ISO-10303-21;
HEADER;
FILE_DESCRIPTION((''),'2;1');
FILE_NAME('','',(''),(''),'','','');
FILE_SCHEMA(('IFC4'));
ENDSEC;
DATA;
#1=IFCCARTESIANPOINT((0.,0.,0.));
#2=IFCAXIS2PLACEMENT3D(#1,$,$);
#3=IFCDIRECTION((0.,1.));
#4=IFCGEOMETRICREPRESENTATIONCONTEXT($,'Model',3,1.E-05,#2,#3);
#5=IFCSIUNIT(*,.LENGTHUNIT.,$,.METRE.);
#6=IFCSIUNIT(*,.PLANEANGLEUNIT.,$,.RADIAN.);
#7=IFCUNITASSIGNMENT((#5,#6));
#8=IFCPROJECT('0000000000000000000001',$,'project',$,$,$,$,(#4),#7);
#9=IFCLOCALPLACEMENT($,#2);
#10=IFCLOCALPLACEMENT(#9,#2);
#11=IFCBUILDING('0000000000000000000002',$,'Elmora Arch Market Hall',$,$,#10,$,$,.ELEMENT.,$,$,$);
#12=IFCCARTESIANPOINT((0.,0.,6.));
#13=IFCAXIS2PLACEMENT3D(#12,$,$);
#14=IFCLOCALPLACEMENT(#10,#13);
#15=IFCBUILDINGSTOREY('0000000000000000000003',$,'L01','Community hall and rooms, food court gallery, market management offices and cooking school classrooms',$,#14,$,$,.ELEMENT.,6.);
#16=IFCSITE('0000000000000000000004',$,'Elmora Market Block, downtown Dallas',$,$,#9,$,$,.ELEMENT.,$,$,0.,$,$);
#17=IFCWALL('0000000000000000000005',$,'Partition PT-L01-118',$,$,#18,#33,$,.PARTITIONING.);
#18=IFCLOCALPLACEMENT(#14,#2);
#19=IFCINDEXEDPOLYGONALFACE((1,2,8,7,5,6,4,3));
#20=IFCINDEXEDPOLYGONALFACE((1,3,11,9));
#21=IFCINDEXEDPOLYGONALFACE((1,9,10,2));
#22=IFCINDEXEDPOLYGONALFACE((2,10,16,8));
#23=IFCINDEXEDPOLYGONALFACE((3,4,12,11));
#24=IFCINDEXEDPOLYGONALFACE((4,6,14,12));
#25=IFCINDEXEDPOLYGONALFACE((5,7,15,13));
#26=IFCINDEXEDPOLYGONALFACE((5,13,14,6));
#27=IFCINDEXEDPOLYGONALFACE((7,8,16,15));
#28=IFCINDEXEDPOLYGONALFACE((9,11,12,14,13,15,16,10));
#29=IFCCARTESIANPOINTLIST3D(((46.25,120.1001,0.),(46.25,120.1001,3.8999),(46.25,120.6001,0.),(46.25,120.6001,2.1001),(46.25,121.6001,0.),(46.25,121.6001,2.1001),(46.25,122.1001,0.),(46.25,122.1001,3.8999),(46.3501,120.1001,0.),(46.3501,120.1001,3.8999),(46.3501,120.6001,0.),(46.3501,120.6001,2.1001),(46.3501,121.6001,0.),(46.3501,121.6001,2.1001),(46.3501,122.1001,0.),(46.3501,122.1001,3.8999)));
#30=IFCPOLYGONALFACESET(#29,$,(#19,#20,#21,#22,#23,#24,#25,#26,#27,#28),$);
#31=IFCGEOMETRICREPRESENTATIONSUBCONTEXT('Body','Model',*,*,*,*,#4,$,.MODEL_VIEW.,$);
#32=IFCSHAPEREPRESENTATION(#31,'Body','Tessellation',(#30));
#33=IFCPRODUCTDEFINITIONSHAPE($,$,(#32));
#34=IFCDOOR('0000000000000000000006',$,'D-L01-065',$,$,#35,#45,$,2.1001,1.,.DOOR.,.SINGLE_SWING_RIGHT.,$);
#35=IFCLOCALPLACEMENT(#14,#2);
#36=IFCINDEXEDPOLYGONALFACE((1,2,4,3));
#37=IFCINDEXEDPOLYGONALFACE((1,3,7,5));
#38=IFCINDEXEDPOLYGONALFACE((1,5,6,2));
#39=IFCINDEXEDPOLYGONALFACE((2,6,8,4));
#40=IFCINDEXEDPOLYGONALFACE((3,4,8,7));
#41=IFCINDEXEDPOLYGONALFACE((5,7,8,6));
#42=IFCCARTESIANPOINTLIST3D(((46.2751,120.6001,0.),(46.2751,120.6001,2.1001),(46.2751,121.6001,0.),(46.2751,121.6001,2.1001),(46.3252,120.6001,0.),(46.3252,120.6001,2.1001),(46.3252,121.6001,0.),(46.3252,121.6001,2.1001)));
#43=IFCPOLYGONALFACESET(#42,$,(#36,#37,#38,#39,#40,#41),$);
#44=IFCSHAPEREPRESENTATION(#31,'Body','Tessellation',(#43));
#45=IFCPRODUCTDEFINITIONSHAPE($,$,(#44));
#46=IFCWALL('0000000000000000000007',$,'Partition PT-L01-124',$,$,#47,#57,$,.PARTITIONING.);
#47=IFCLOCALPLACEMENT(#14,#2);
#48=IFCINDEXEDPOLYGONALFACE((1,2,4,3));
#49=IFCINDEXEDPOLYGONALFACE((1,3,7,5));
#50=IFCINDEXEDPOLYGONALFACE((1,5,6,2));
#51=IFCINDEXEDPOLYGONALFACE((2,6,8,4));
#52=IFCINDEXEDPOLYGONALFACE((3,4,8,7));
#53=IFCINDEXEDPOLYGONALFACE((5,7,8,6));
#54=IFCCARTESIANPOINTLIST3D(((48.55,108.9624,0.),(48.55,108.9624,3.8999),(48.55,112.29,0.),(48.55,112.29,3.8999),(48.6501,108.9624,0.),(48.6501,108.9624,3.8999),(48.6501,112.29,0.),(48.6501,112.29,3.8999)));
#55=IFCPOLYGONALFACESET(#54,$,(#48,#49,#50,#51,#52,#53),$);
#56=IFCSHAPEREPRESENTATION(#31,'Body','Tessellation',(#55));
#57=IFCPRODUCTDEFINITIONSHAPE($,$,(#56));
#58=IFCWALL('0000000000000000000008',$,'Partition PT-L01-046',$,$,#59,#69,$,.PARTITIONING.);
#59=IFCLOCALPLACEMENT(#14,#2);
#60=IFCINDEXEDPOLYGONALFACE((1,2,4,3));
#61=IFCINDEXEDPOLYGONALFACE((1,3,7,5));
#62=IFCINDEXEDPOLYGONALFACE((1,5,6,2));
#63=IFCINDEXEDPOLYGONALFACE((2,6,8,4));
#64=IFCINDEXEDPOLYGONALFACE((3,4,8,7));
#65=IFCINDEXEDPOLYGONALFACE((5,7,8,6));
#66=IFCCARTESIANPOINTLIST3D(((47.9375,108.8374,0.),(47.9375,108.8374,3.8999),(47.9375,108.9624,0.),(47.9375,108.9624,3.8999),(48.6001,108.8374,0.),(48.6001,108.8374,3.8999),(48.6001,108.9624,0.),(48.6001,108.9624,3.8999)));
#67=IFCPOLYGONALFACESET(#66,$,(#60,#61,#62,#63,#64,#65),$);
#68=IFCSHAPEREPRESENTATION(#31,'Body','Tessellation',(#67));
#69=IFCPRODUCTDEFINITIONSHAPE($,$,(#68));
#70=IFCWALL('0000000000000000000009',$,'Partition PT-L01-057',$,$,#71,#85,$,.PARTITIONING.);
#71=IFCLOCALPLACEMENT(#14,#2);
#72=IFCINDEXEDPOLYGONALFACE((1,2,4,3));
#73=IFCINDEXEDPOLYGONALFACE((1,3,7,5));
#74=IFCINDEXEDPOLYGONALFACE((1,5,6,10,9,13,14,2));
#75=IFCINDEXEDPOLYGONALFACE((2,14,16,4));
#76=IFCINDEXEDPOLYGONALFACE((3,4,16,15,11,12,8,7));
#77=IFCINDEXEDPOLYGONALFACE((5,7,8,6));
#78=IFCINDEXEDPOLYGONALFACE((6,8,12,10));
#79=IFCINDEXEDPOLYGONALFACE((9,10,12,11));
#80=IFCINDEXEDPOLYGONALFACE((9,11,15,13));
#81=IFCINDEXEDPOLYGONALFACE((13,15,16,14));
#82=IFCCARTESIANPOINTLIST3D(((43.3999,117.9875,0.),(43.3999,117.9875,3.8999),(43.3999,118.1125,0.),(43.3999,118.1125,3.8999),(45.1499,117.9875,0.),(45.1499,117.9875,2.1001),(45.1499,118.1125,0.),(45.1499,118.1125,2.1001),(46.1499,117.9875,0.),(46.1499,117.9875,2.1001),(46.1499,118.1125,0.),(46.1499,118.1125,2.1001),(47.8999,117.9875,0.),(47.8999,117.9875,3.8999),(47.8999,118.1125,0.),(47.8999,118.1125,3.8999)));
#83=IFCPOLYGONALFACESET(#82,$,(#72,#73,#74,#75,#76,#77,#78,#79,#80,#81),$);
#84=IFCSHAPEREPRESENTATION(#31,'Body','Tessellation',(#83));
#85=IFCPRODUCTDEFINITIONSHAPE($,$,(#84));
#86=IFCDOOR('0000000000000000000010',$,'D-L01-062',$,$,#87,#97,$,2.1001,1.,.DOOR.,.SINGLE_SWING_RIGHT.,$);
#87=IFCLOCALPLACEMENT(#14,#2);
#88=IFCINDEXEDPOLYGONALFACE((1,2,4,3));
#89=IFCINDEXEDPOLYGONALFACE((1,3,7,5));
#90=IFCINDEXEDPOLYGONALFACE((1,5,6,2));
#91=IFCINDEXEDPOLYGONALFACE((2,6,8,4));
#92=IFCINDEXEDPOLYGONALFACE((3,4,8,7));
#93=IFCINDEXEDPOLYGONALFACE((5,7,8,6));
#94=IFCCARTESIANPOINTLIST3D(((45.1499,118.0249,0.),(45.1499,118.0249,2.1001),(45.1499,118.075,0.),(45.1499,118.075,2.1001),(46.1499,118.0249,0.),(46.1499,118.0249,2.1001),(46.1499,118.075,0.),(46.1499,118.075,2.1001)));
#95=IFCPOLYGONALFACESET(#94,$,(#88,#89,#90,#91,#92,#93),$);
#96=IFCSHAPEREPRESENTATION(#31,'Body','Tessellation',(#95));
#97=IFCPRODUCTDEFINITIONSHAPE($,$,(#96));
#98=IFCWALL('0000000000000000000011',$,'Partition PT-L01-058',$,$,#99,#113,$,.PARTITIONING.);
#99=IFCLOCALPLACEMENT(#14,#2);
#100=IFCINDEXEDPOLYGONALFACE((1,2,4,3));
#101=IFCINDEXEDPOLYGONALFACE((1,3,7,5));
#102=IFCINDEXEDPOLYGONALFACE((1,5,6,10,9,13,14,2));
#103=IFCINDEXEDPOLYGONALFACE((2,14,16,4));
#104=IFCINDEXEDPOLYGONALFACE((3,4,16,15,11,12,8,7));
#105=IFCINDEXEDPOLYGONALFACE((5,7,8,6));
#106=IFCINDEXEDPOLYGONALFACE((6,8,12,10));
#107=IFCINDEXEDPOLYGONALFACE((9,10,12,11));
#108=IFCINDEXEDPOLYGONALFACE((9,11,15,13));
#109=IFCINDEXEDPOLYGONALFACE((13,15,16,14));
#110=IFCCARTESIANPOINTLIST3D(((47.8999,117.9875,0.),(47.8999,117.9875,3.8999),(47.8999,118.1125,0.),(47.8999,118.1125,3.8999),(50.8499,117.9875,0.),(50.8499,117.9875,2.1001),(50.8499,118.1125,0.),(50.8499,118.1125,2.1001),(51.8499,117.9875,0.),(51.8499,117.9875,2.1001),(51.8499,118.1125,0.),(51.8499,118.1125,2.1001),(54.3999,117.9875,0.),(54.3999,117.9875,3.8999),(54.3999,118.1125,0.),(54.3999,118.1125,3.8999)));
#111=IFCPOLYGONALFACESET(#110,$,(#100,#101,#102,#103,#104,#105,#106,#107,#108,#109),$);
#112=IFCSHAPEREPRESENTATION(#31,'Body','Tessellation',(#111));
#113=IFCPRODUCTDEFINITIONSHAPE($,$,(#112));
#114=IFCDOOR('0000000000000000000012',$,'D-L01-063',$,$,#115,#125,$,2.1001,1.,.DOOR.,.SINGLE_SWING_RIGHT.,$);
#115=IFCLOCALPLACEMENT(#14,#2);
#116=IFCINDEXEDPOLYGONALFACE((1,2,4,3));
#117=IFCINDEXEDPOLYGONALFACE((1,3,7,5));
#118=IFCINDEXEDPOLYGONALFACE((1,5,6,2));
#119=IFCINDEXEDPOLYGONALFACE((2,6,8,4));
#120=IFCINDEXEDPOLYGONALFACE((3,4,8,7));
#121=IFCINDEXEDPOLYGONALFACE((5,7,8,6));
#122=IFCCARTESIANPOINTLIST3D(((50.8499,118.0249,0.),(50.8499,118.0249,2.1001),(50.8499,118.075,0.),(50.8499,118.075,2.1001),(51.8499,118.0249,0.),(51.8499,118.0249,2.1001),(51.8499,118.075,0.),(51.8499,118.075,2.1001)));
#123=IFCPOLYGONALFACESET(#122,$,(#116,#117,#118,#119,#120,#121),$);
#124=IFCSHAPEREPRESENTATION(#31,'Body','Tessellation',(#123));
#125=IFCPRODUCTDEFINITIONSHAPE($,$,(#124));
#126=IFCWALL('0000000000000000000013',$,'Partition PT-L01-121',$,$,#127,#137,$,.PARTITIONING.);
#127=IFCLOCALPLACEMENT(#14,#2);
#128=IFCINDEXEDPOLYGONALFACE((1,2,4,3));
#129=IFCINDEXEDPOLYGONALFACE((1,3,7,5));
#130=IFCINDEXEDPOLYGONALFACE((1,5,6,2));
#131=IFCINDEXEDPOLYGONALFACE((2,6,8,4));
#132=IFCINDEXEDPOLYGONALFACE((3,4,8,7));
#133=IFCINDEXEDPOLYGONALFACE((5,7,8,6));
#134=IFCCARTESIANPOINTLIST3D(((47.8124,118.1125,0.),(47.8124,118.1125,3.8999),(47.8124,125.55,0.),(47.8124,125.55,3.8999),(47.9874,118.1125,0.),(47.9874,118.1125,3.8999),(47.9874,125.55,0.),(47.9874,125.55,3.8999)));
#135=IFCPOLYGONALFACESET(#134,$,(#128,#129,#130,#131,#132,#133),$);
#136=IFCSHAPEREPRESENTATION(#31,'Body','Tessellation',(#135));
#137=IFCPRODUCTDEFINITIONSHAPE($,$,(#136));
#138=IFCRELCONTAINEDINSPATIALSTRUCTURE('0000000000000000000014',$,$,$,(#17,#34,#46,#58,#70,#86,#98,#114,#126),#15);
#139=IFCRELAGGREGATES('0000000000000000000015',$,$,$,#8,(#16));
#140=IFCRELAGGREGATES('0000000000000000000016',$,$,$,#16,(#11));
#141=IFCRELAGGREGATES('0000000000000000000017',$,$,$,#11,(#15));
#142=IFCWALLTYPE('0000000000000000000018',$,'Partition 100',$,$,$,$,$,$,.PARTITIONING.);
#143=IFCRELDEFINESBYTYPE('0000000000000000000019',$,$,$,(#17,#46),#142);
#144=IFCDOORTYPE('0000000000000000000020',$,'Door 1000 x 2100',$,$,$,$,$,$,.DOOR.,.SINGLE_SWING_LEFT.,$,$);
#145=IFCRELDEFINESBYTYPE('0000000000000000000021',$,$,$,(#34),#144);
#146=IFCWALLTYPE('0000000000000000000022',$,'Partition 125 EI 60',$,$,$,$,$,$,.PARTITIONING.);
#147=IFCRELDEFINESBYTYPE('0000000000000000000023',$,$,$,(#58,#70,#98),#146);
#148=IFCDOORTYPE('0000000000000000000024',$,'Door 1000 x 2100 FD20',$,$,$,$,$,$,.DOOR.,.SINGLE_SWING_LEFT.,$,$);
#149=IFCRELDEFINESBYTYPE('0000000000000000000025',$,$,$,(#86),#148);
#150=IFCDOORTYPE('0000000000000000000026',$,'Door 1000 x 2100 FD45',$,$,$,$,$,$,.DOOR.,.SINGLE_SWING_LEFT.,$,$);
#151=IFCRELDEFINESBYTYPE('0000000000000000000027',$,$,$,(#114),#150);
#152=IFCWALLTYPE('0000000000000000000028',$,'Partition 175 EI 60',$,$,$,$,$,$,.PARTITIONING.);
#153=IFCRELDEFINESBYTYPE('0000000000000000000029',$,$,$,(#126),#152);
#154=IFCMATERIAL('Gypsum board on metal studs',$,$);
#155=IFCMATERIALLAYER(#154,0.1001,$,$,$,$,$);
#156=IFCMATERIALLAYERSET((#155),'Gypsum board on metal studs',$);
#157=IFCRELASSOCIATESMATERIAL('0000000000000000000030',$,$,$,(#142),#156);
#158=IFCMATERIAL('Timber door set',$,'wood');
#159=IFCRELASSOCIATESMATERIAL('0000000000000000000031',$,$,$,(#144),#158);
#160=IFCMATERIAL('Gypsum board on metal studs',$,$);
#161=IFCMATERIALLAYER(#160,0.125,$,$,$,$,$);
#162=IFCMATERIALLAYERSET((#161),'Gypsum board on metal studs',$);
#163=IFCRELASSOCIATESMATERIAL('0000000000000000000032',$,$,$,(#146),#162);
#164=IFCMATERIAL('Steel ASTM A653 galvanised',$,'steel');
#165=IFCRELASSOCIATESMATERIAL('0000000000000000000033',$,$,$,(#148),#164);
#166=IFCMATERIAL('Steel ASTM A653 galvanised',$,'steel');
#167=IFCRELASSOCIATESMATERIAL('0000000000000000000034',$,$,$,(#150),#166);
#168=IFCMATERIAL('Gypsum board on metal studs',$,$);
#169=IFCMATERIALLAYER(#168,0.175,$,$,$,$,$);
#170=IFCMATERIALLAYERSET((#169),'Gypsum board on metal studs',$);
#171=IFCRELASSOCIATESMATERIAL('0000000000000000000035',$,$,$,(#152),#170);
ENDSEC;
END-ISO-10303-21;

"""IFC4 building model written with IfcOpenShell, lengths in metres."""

from ifc_helpers import new_model, si_unit, direction, frame, frame_2d, origin, place, context, subcontext, project, spatial, rectangle, extrude, material, layer, layer_set, type_object, element, fill, save


model = new_model("IFC4")

# Units and contexts
model_context = context("Model", 3, precision=1e-05, world=origin(), true_north=direction((0.0, 1.0)))
body_context = subcontext(model_context, "Body", "Model", "MODEL_VIEW")
ifc_project = project(units=[si_unit("LENGTHUNIT", "METRE"), si_unit("PLANEANGLEUNIT", "RADIAN")], contexts=[model_context])

# Site, building, storey
site_placement = place(None, origin())
site = spatial("IfcSite", under=ifc_project, at=site_placement, Name="Elmora Market Block, downtown Dallas", CompositionType="ELEMENT", RefElevation=0.0)
building_placement = place(site_placement, origin())
building = spatial("IfcBuilding", under=site, at=building_placement, Name="Elmora Arch Market Hall", CompositionType="ELEMENT")
storey_placement = place(building_placement, frame((0.0, 0.0, 6.0)))
storey = spatial("IfcBuildingStorey", under=building, at=storey_placement, Name="L01", Description="Community hall and rooms, food court gallery, market management offices and cooking school classrooms", CompositionType="ELEMENT", Elevation=6.0)

# Shared definitions
ifc_material_1 = material(Name="Gypsum board on metal studs")
ifc_layer_1 = layer(ifc_material_1, 0.1001)
ifc_layer_set_1 = layer_set([ifc_layer_1], Name="Gypsum board on metal studs")
wall_type_1 = type_object("IfcWallType", Name="Partition 100", PredefinedType="PARTITIONING", material=ifc_layer_set_1)

# Wall, opening, door
wall_1_placement = place(storey_placement, frame((46.3, 120.1001, 0.0), z_axis=(0.0, 0.0, 1.0), x_axis=(0.0, 1.0, 0.0)))
wall_1 = element("IfcWall", 1, at=wall_1_placement, inside=storey, type_object=wall_type_1, Name="Partition PT-L01-118", PredefinedType="PARTITIONING", context=body_context, shape_type="SweptSolid", body=[
    extrude(rectangle(XDim=2.0, YDim=0.1001, at=frame_2d((1.0, 0.0))), origin(), (0.0, 0.0, 1.0), 3.8999),
])
opening_1_placement = place(wall_1_placement, frame((0.5, 0.0, 0.0)))
opening_1 = element("IfcOpeningElement", 2, at=opening_1_placement, cuts=wall_1, PredefinedType="OPENING", context=body_context, shape_type="SweptSolid", body=[
    extrude(rectangle(XDim=1.0, YDim=2.1001, at=frame_2d((0.5, 1.05))), frame((0.0, 0.0601, 0.0), z_axis=(0.0, -1.0, 0.0), x_axis=(1.0, 0.0, 0.0)), (0.0, 0.0, 1.0), 0.1201),
])
ifc_material_2 = material(Name="Timber door set", Category="wood")
door_type_1 = type_object("IfcDoorType", Name="Door 1000 x 2100", OperationType="SINGLE_SWING_LEFT", PredefinedType="DOOR", material=ifc_material_2)
door_1_placement = place(opening_1_placement, origin())
door_1 = element("IfcDoor", 3, at=door_1_placement, inside=storey, type_object=door_type_1, Name="D-L01-065", OperationType="SINGLE_SWING_RIGHT", OverallHeight=2.1001, OverallWidth=1.0, PredefinedType="DOOR", context=body_context, shape_type="SweptSolid", body=[
    extrude(rectangle(XDim=1.0, YDim=2.1001, at=frame_2d((0.5, 1.05))), frame((0.0, 0.0249, 0.0), z_axis=(0.0, -1.0, 0.0), x_axis=(1.0, 0.0, 0.0)), (0.0, 0.0, 1.0), 0.05),
])
fill(opening_1, door_1)

# Walls
wall_2_placement = place(storey_placement, frame((48.6001, 108.9624, 0.0), z_axis=(0.0, 0.0, 1.0), x_axis=(0.0, 1.0, 0.0)))
element("IfcWall", 4, at=wall_2_placement, inside=storey, type_object=wall_type_1, Name="Partition PT-L01-124", PredefinedType="PARTITIONING", context=body_context, shape_type="SweptSolid", body=[
    extrude(rectangle(XDim=3.3276, YDim=0.1001, at=frame_2d((1.6638, 0.0))), origin(), (0.0, 0.0, 1.0), 3.8999),
])
ifc_material_3 = material(Name="Gypsum board on metal studs")
ifc_layer_2 = layer(ifc_material_3, 0.125)
ifc_layer_set_2 = layer_set([ifc_layer_2], Name="Gypsum board on metal studs")
wall_type_2 = type_object("IfcWallType", Name="Partition 125 EI 60", PredefinedType="PARTITIONING", material=ifc_layer_set_2)
wall_3_placement = place(storey_placement, frame((47.9375, 108.8999, 0.0), z_axis=(0.0, 0.0, 1.0), x_axis=(1.0, 0.0, 0.0)))
element("IfcWall", 5, at=wall_3_placement, inside=storey, type_object=wall_type_2, Name="Partition PT-L01-046", PredefinedType="PARTITIONING", context=body_context, shape_type="SweptSolid", body=[
    extrude(rectangle(XDim=0.6626, YDim=0.125, at=frame_2d((0.3313, 0.0))), origin(), (0.0, 0.0, 1.0), 3.8999),
])

# Walls, openings, doors
wall_4_placement = place(storey_placement, frame((43.3999, 118.05, 0.0), z_axis=(0.0, 0.0, 1.0), x_axis=(1.0, 0.0, 0.0)))
wall_4 = element("IfcWall", 6, at=wall_4_placement, inside=storey, type_object=wall_type_2, Name="Partition PT-L01-057", PredefinedType="PARTITIONING", context=body_context, shape_type="SweptSolid", body=[
    extrude(rectangle(XDim=4.5, YDim=0.125, at=frame_2d((2.25, 0.0))), origin(), (0.0, 0.0, 1.0), 3.8999),
])
opening_2_placement = place(wall_4_placement, frame((1.75, 0.0, 0.0)))
opening_2 = element("IfcOpeningElement", 7, at=opening_2_placement, cuts=wall_4, PredefinedType="OPENING", context=body_context, shape_type="SweptSolid", body=[
    extrude(rectangle(XDim=1.0, YDim=2.1001, at=frame_2d((0.5, 1.05))), frame((0.0, 0.0725, 0.0), z_axis=(0.0, -1.0, 0.0), x_axis=(1.0, 0.0, 0.0)), (0.0, 0.0, 1.0), 0.145),
])
ifc_material_4 = material(Name="Steel ASTM A653 galvanised", Category="steel")
door_type_2 = type_object("IfcDoorType", Name="Door 1000 x 2100 FD20", OperationType="SINGLE_SWING_LEFT", PredefinedType="DOOR", material=ifc_material_4)
door_2_placement = place(opening_2_placement, origin())
door_2 = element("IfcDoor", 8, at=door_2_placement, inside=storey, type_object=door_type_2, Name="D-L01-062", OperationType="SINGLE_SWING_RIGHT", OverallHeight=2.1001, OverallWidth=1.0, PredefinedType="DOOR", context=body_context, shape_type="SweptSolid", body=[
    extrude(rectangle(XDim=1.0, YDim=2.1001, at=frame_2d((0.5, 1.05))), frame((0.0, 0.0249, 0.0), z_axis=(0.0, -1.0, 0.0), x_axis=(1.0, 0.0, 0.0)), (0.0, 0.0, 1.0), 0.05),
])
fill(opening_2, door_2)
wall_5_placement = place(storey_placement, frame((47.8999, 118.05, 0.0), z_axis=(0.0, 0.0, 1.0), x_axis=(1.0, 0.0, 0.0)))
wall_5 = element("IfcWall", 9, at=wall_5_placement, inside=storey, type_object=wall_type_2, Name="Partition PT-L01-058", PredefinedType="PARTITIONING", context=body_context, shape_type="SweptSolid", body=[
    extrude(rectangle(XDim=6.5, YDim=0.125, at=frame_2d((3.25, 0.0))), origin(), (0.0, 0.0, 1.0), 3.8999),
])
opening_3_placement = place(wall_5_placement, frame((2.95, 0.0, 0.0)))
opening_3 = element("IfcOpeningElement", 10, at=opening_3_placement, cuts=wall_5, PredefinedType="OPENING", context=body_context, shape_type="SweptSolid", body=[
    extrude(rectangle(XDim=1.0, YDim=2.1001, at=frame_2d((0.5, 1.05))), frame((0.0, 0.0725, 0.0), z_axis=(0.0, -1.0, 0.0), x_axis=(1.0, 0.0, 0.0)), (0.0, 0.0, 1.0), 0.145),
])
ifc_material_5 = material(Name="Steel ASTM A653 galvanised", Category="steel")
door_type_3 = type_object("IfcDoorType", Name="Door 1000 x 2100 FD45", OperationType="SINGLE_SWING_LEFT", PredefinedType="DOOR", material=ifc_material_5)
door_3_placement = place(opening_3_placement, origin())
door_3 = element("IfcDoor", 11, at=door_3_placement, inside=storey, type_object=door_type_3, Name="D-L01-063", OperationType="SINGLE_SWING_RIGHT", OverallHeight=2.1001, OverallWidth=1.0, PredefinedType="DOOR", context=body_context, shape_type="SweptSolid", body=[
    extrude(rectangle(XDim=1.0, YDim=2.1001, at=frame_2d((0.5, 1.05))), frame((0.0, 0.0249, 0.0), z_axis=(0.0, -1.0, 0.0), x_axis=(1.0, 0.0, 0.0)), (0.0, 0.0, 1.0), 0.05),
])
fill(opening_3, door_3)

# Wall
ifc_material_6 = material(Name="Gypsum board on metal studs")
ifc_layer_3 = layer(ifc_material_6, 0.175)
ifc_layer_set_3 = layer_set([ifc_layer_3], Name="Gypsum board on metal studs")
wall_type_3 = type_object("IfcWallType", Name="Partition 175 EI 60", PredefinedType="PARTITIONING", material=ifc_layer_set_3)
wall_6_placement = place(storey_placement, frame((47.8999, 118.1125, 0.0), z_axis=(0.0, 0.0, 1.0), x_axis=(0.0, 1.0, 0.0)))
element("IfcWall", 12, at=wall_6_placement, inside=storey, type_object=wall_type_3, Name="Partition PT-L01-121", PredefinedType="PARTITIONING", context=body_context, shape_type="SweptSolid", body=[
    extrude(rectangle(XDim=7.4375, YDim=0.175, at=frame_2d((3.7188, 0.0))), origin(), (0.0, 0.0, 1.0), 3.8999),
])

save(model, "model.ifc")
